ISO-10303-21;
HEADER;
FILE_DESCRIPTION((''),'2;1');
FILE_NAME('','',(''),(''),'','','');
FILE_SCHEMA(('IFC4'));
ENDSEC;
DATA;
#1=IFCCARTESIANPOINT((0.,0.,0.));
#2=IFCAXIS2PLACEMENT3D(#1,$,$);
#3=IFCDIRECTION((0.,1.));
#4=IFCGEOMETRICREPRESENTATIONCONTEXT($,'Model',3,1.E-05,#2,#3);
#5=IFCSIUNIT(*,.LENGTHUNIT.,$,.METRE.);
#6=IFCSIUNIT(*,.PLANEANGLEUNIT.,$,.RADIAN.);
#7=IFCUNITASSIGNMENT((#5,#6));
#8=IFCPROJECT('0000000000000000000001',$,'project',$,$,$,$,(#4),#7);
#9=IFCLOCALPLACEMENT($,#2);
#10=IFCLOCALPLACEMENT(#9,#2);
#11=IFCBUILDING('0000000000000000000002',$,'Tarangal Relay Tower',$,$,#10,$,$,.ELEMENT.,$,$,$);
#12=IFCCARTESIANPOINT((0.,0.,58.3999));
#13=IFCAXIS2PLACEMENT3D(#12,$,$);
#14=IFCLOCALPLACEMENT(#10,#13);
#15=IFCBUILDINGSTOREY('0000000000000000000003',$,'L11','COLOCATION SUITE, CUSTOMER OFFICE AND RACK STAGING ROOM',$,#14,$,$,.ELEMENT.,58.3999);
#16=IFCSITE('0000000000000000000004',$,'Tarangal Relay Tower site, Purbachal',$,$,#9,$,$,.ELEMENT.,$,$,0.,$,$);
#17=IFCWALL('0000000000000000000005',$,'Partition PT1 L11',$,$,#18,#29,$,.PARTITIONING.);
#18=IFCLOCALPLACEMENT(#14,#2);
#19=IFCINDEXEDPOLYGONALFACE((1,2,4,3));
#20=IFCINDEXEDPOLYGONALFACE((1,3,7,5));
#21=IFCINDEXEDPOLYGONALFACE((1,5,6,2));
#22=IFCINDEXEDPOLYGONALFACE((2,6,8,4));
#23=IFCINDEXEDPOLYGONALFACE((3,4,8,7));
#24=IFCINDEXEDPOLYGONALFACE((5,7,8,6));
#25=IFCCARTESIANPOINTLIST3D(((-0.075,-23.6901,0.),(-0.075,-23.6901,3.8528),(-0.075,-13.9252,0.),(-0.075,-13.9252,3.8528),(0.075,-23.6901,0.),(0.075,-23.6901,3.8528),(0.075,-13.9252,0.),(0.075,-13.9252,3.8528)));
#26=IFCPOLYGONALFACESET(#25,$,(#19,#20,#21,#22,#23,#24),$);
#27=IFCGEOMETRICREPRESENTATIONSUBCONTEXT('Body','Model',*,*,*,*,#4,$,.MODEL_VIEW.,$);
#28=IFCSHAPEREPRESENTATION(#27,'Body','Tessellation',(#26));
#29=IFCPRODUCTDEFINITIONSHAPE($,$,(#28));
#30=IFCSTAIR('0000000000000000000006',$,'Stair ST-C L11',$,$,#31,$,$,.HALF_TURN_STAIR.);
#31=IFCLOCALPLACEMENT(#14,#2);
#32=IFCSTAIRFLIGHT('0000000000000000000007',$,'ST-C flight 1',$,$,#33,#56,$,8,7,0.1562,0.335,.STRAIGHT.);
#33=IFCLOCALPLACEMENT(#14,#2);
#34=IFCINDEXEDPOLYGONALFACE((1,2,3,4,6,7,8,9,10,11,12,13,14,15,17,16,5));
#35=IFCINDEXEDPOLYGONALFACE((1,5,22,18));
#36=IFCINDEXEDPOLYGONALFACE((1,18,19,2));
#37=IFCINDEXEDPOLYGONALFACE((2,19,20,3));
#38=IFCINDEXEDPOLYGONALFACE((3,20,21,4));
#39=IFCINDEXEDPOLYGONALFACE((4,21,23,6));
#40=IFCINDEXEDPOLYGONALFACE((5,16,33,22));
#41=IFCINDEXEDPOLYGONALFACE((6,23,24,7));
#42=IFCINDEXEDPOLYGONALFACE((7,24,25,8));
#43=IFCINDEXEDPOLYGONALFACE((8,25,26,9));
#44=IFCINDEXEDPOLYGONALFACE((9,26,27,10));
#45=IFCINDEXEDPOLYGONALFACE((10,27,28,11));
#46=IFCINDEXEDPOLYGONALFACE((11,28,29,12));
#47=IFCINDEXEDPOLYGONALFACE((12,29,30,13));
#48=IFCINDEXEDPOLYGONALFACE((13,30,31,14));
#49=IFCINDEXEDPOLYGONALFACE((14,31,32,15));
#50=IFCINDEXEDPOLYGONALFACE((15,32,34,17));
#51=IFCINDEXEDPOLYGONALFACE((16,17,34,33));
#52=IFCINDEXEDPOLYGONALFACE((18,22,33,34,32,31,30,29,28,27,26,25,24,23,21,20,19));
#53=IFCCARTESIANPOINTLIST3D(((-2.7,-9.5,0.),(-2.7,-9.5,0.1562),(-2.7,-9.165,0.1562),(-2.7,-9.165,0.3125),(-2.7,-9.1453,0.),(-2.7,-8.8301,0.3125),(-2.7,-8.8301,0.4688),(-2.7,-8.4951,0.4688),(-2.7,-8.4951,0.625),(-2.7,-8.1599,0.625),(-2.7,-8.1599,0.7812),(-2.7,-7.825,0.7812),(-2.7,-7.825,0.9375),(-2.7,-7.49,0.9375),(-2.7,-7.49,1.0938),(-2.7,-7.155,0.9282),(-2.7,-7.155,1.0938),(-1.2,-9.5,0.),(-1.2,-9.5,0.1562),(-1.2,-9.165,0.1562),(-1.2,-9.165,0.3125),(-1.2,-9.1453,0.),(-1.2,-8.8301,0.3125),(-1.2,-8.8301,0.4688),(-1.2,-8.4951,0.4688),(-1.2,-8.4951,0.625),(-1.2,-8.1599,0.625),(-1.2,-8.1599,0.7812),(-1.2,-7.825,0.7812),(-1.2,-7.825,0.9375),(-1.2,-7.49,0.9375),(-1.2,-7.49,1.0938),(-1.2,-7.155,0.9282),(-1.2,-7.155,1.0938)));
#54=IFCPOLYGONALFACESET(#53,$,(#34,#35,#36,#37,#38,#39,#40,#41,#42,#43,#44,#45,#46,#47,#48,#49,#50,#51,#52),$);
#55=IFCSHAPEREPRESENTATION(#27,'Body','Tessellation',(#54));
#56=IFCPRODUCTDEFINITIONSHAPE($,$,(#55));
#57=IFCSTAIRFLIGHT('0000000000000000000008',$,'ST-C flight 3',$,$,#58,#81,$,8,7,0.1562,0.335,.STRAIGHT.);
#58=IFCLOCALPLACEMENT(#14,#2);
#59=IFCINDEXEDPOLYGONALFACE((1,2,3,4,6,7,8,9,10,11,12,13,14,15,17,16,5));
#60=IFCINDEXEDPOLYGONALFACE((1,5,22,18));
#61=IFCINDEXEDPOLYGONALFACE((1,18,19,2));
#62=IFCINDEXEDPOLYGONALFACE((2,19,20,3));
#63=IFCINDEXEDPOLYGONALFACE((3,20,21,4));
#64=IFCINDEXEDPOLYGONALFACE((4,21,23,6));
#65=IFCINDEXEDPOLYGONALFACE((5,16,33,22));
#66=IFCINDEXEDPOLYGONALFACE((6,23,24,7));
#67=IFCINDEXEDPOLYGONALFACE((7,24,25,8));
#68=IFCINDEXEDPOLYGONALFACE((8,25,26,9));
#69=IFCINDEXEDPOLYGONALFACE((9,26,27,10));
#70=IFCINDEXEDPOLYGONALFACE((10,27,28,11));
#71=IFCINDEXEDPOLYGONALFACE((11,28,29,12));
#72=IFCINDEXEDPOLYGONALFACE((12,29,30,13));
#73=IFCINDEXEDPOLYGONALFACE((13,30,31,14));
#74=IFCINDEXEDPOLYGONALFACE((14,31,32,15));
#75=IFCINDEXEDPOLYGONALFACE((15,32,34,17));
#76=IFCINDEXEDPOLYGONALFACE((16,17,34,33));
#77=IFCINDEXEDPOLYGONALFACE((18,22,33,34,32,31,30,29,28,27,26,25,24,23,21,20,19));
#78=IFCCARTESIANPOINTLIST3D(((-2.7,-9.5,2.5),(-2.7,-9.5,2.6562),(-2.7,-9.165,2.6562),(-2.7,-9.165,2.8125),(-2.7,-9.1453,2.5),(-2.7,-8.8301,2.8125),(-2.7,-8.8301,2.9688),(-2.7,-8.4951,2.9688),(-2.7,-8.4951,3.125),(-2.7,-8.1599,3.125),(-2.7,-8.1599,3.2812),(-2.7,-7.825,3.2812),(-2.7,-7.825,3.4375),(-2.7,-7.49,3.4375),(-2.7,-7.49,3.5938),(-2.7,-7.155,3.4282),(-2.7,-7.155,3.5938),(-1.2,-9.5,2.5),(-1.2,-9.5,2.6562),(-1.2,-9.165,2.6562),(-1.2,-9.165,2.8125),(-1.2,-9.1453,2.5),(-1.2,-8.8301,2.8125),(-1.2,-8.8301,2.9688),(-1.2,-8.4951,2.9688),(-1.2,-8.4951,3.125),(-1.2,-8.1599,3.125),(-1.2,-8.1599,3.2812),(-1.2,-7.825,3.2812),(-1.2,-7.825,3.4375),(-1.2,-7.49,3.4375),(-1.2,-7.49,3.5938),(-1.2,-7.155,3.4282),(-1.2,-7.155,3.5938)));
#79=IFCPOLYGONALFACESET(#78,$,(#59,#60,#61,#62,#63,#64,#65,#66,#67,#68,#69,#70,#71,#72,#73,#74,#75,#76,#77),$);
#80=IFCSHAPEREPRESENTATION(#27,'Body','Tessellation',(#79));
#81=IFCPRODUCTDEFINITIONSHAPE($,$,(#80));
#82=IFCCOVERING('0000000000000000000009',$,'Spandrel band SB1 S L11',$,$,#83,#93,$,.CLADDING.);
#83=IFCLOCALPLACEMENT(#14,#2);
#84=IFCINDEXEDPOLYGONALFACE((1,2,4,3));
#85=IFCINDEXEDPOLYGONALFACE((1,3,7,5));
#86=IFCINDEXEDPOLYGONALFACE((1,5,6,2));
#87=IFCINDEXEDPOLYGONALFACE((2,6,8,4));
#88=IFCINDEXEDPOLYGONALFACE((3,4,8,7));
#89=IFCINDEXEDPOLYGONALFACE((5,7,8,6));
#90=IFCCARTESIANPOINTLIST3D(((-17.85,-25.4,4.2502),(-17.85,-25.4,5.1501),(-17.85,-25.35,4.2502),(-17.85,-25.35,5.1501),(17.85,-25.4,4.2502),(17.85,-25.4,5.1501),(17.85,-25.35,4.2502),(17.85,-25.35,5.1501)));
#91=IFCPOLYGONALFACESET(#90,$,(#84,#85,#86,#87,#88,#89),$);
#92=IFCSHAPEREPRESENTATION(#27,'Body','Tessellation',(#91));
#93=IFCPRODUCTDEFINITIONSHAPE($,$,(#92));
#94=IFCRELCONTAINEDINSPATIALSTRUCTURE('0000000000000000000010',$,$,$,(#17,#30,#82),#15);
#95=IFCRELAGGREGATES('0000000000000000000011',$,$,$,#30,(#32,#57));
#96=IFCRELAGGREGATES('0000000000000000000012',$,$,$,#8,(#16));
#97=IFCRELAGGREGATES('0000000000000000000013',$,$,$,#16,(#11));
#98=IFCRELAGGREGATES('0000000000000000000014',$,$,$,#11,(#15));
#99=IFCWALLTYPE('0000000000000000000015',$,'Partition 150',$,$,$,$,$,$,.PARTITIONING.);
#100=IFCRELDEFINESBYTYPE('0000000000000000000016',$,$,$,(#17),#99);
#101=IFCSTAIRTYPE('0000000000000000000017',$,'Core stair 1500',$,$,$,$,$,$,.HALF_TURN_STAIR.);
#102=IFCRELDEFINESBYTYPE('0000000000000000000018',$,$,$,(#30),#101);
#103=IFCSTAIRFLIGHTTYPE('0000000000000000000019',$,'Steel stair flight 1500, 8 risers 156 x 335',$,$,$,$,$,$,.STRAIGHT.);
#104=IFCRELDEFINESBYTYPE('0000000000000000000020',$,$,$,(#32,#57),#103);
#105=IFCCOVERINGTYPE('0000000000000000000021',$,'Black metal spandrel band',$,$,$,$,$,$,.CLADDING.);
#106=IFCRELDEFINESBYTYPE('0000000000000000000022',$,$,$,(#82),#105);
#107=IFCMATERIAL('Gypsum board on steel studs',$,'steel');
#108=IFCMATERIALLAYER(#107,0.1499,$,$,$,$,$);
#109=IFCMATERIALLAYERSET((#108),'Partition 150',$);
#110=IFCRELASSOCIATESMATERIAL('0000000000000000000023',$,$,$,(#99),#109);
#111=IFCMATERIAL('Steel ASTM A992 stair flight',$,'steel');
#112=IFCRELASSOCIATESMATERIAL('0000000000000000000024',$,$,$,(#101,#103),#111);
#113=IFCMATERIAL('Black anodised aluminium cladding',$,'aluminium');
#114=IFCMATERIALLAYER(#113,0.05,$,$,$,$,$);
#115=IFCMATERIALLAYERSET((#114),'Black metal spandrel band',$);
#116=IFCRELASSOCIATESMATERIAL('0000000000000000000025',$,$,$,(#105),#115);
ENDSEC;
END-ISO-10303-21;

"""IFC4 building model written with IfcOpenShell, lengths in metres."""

from ifc_helpers import new_model, si_unit, direction, frame, frame_2d, origin, origin_2d, place, context, subcontext, project, spatial, polyline, rectangle, outline, extrude, material, layer, layer_set, type_object, element, aggregate, save


model = new_model("IFC4")

# Units and contexts
model_context = context("Model", 3, precision=1e-05, world=origin(), true_north=direction((0.0, 1.0)))
body_context = subcontext(model_context, "Body", "Model", "MODEL_VIEW")
ifc_project = project(units=[si_unit("LENGTHUNIT", "METRE"), si_unit("PLANEANGLEUNIT", "RADIAN")], contexts=[model_context])

# Site, building, storey
site_placement = place(None, origin())
site = spatial("IfcSite", under=ifc_project, at=site_placement, Name="Tarangal Relay Tower site, Purbachal", CompositionType="ELEMENT", RefElevation=0.0)
building_placement = place(site_placement, origin())
building = spatial("IfcBuilding", under=site, at=building_placement, Name="Tarangal Relay Tower", CompositionType="ELEMENT")
storey_placement = place(building_placement, frame((0.0, 0.0, 58.3999)))
storey = spatial("IfcBuildingStorey", under=building, at=storey_placement, Name="L11", Description="COLOCATION SUITE, CUSTOMER OFFICE AND RACK STAGING ROOM", CompositionType="ELEMENT", Elevation=58.3999)

# Wall
ifc_material_1 = material(Name="Gypsum board on steel studs", Category="steel")
ifc_layer_1 = layer(ifc_material_1, 0.1499)
ifc_layer_set_1 = layer_set([ifc_layer_1], Name="Partition 150")
wall_type_1 = type_object("IfcWallType", Name="Partition 150", PredefinedType="PARTITIONING", material=ifc_layer_set_1)
wall_1_placement = place(storey_placement, frame((0.0, -23.6899, 0.0), z_axis=(0.0, 0.0, 1.0), x_axis=(0.0, 1.0, 0.0)))
element("IfcWall", 1, at=wall_1_placement, inside=storey, type_object=wall_type_1, Name="Partition PT1 L11", PredefinedType="PARTITIONING", context=body_context, shape_type="SweptSolid", body=[
    extrude(rectangle(XDim=9.7649, YDim=0.1499, at=frame_2d((4.8823, 0.0))), origin(), (0.0, 0.0, 1.0), 3.8528),
])

# Stair, stair flights
ifc_material_2 = material(Name="Steel ASTM A992 stair flight", Category="steel")
stair_type = type_object("IfcStairType", Name="Core stair 1500", PredefinedType="HALF_TURN_STAIR", material=ifc_material_2)
stair_placement = place(storey_placement, origin())
stair = element("IfcStair", 2, at=stair_placement, inside=storey, type_object=stair_type, Name="Stair ST-C L11", PredefinedType="HALF_TURN_STAIR")
stair_flight_type = type_object("IfcStairFlightType", Name="Steel stair flight 1500, 8 risers 156 x 335", PredefinedType="STRAIGHT", material=ifc_material_2)
stair_flight_1_placement = place(storey_placement, frame((-1.95, -9.5, 0.0), z_axis=(0.0, 0.0, 1.0), x_axis=(0.0, 1.0, 0.0)))
stair_flight_1 = element("IfcStairFlight", 3, at=stair_flight_1_placement, type_object=stair_flight_type, Name="ST-C flight 1", NumberOfRisers=8, NumberOfTreads=7, PredefinedType="STRAIGHT", RiserHeight=0.1562, TreadLength=0.335, context=body_context, shape_type="SweptSolid", body=[
    extrude(outline(polyline([(0.0, 0.0), (0.0, 0.1562), (0.335, 0.1562), (0.335, 0.3125), (0.6699, 0.3125), (0.6699, 0.4688), (1.0049, 0.4688), (1.0049, 0.625), (1.3401, 0.625), (1.3401, 0.7812), (1.675, 0.7812), (1.675, 0.9375), (2.01, 0.9375), (2.01, 1.0938), (2.345, 1.0938), (2.345, 1.25), (2.345, 0.9282), (0.3547, 0.0), (0.0, 0.0)])), frame((0.0, 0.75, 0.0), z_axis=(0.0, -1.0, 0.0), x_axis=(1.0, 0.0, 0.0)), (0.0, 0.0, 1.0), 1.5),
])
stair_flight_2_placement = place(storey_placement, frame((-1.95, -9.5, 2.5), z_axis=(0.0, 0.0, 1.0), x_axis=(0.0, 1.0, 0.0)))
stair_flight_2 = element("IfcStairFlight", 4, at=stair_flight_2_placement, type_object=stair_flight_type, Name="ST-C flight 3", NumberOfRisers=8, NumberOfTreads=7, PredefinedType="STRAIGHT", RiserHeight=0.1562, TreadLength=0.335, context=body_context, shape_type="SweptSolid", body=[
    extrude(outline(polyline([(0.0, 0.0), (0.0, 0.1562), (0.335, 0.1562), (0.335, 0.3125), (0.6699, 0.3125), (0.6699, 0.4688), (1.0049, 0.4688), (1.0049, 0.625), (1.3401, 0.625), (1.3401, 0.7812), (1.675, 0.7812), (1.675, 0.9375), (2.01, 0.9375), (2.01, 1.0938), (2.345, 1.0938), (2.345, 1.25), (2.345, 0.9282), (0.3547, 0.0), (0.0, 0.0)])), frame((0.0, 0.75, 0.0), z_axis=(0.0, -1.0, 0.0), x_axis=(1.0, 0.0, 0.0)), (0.0, 0.0, 1.0), 1.5),
])
aggregate(stair, [stair_flight_1, stair_flight_2])

# Covering
ifc_material_3 = material(Name="Black anodised aluminium cladding", Category="aluminium")
ifc_layer_2 = layer(ifc_material_3, 0.05)
ifc_layer_set_2 = layer_set([ifc_layer_2], Name="Black metal spandrel band")
covering_type = type_object("IfcCoveringType", Name="Black metal spandrel band", PredefinedType="CLADDING", material=ifc_layer_set_2)
covering_placement = place(storey_placement, frame((0.0, -25.375, 4.2502), z_axis=(0.0, 0.0, 1.0), x_axis=(-1.0, 0.0, 0.0)))
element("IfcCovering", 5, at=covering_placement, inside=storey, type_object=covering_type, Name="Spandrel band SB1 S L11", PredefinedType="CLADDING", context=body_context, shape_type="SweptSolid", body=[
    extrude(rectangle(XDim=35.7, YDim=0.05, at=origin_2d()), origin(), (0.0, 0.0, 1.0), 0.8999),
])

save(model, "model.ifc")
